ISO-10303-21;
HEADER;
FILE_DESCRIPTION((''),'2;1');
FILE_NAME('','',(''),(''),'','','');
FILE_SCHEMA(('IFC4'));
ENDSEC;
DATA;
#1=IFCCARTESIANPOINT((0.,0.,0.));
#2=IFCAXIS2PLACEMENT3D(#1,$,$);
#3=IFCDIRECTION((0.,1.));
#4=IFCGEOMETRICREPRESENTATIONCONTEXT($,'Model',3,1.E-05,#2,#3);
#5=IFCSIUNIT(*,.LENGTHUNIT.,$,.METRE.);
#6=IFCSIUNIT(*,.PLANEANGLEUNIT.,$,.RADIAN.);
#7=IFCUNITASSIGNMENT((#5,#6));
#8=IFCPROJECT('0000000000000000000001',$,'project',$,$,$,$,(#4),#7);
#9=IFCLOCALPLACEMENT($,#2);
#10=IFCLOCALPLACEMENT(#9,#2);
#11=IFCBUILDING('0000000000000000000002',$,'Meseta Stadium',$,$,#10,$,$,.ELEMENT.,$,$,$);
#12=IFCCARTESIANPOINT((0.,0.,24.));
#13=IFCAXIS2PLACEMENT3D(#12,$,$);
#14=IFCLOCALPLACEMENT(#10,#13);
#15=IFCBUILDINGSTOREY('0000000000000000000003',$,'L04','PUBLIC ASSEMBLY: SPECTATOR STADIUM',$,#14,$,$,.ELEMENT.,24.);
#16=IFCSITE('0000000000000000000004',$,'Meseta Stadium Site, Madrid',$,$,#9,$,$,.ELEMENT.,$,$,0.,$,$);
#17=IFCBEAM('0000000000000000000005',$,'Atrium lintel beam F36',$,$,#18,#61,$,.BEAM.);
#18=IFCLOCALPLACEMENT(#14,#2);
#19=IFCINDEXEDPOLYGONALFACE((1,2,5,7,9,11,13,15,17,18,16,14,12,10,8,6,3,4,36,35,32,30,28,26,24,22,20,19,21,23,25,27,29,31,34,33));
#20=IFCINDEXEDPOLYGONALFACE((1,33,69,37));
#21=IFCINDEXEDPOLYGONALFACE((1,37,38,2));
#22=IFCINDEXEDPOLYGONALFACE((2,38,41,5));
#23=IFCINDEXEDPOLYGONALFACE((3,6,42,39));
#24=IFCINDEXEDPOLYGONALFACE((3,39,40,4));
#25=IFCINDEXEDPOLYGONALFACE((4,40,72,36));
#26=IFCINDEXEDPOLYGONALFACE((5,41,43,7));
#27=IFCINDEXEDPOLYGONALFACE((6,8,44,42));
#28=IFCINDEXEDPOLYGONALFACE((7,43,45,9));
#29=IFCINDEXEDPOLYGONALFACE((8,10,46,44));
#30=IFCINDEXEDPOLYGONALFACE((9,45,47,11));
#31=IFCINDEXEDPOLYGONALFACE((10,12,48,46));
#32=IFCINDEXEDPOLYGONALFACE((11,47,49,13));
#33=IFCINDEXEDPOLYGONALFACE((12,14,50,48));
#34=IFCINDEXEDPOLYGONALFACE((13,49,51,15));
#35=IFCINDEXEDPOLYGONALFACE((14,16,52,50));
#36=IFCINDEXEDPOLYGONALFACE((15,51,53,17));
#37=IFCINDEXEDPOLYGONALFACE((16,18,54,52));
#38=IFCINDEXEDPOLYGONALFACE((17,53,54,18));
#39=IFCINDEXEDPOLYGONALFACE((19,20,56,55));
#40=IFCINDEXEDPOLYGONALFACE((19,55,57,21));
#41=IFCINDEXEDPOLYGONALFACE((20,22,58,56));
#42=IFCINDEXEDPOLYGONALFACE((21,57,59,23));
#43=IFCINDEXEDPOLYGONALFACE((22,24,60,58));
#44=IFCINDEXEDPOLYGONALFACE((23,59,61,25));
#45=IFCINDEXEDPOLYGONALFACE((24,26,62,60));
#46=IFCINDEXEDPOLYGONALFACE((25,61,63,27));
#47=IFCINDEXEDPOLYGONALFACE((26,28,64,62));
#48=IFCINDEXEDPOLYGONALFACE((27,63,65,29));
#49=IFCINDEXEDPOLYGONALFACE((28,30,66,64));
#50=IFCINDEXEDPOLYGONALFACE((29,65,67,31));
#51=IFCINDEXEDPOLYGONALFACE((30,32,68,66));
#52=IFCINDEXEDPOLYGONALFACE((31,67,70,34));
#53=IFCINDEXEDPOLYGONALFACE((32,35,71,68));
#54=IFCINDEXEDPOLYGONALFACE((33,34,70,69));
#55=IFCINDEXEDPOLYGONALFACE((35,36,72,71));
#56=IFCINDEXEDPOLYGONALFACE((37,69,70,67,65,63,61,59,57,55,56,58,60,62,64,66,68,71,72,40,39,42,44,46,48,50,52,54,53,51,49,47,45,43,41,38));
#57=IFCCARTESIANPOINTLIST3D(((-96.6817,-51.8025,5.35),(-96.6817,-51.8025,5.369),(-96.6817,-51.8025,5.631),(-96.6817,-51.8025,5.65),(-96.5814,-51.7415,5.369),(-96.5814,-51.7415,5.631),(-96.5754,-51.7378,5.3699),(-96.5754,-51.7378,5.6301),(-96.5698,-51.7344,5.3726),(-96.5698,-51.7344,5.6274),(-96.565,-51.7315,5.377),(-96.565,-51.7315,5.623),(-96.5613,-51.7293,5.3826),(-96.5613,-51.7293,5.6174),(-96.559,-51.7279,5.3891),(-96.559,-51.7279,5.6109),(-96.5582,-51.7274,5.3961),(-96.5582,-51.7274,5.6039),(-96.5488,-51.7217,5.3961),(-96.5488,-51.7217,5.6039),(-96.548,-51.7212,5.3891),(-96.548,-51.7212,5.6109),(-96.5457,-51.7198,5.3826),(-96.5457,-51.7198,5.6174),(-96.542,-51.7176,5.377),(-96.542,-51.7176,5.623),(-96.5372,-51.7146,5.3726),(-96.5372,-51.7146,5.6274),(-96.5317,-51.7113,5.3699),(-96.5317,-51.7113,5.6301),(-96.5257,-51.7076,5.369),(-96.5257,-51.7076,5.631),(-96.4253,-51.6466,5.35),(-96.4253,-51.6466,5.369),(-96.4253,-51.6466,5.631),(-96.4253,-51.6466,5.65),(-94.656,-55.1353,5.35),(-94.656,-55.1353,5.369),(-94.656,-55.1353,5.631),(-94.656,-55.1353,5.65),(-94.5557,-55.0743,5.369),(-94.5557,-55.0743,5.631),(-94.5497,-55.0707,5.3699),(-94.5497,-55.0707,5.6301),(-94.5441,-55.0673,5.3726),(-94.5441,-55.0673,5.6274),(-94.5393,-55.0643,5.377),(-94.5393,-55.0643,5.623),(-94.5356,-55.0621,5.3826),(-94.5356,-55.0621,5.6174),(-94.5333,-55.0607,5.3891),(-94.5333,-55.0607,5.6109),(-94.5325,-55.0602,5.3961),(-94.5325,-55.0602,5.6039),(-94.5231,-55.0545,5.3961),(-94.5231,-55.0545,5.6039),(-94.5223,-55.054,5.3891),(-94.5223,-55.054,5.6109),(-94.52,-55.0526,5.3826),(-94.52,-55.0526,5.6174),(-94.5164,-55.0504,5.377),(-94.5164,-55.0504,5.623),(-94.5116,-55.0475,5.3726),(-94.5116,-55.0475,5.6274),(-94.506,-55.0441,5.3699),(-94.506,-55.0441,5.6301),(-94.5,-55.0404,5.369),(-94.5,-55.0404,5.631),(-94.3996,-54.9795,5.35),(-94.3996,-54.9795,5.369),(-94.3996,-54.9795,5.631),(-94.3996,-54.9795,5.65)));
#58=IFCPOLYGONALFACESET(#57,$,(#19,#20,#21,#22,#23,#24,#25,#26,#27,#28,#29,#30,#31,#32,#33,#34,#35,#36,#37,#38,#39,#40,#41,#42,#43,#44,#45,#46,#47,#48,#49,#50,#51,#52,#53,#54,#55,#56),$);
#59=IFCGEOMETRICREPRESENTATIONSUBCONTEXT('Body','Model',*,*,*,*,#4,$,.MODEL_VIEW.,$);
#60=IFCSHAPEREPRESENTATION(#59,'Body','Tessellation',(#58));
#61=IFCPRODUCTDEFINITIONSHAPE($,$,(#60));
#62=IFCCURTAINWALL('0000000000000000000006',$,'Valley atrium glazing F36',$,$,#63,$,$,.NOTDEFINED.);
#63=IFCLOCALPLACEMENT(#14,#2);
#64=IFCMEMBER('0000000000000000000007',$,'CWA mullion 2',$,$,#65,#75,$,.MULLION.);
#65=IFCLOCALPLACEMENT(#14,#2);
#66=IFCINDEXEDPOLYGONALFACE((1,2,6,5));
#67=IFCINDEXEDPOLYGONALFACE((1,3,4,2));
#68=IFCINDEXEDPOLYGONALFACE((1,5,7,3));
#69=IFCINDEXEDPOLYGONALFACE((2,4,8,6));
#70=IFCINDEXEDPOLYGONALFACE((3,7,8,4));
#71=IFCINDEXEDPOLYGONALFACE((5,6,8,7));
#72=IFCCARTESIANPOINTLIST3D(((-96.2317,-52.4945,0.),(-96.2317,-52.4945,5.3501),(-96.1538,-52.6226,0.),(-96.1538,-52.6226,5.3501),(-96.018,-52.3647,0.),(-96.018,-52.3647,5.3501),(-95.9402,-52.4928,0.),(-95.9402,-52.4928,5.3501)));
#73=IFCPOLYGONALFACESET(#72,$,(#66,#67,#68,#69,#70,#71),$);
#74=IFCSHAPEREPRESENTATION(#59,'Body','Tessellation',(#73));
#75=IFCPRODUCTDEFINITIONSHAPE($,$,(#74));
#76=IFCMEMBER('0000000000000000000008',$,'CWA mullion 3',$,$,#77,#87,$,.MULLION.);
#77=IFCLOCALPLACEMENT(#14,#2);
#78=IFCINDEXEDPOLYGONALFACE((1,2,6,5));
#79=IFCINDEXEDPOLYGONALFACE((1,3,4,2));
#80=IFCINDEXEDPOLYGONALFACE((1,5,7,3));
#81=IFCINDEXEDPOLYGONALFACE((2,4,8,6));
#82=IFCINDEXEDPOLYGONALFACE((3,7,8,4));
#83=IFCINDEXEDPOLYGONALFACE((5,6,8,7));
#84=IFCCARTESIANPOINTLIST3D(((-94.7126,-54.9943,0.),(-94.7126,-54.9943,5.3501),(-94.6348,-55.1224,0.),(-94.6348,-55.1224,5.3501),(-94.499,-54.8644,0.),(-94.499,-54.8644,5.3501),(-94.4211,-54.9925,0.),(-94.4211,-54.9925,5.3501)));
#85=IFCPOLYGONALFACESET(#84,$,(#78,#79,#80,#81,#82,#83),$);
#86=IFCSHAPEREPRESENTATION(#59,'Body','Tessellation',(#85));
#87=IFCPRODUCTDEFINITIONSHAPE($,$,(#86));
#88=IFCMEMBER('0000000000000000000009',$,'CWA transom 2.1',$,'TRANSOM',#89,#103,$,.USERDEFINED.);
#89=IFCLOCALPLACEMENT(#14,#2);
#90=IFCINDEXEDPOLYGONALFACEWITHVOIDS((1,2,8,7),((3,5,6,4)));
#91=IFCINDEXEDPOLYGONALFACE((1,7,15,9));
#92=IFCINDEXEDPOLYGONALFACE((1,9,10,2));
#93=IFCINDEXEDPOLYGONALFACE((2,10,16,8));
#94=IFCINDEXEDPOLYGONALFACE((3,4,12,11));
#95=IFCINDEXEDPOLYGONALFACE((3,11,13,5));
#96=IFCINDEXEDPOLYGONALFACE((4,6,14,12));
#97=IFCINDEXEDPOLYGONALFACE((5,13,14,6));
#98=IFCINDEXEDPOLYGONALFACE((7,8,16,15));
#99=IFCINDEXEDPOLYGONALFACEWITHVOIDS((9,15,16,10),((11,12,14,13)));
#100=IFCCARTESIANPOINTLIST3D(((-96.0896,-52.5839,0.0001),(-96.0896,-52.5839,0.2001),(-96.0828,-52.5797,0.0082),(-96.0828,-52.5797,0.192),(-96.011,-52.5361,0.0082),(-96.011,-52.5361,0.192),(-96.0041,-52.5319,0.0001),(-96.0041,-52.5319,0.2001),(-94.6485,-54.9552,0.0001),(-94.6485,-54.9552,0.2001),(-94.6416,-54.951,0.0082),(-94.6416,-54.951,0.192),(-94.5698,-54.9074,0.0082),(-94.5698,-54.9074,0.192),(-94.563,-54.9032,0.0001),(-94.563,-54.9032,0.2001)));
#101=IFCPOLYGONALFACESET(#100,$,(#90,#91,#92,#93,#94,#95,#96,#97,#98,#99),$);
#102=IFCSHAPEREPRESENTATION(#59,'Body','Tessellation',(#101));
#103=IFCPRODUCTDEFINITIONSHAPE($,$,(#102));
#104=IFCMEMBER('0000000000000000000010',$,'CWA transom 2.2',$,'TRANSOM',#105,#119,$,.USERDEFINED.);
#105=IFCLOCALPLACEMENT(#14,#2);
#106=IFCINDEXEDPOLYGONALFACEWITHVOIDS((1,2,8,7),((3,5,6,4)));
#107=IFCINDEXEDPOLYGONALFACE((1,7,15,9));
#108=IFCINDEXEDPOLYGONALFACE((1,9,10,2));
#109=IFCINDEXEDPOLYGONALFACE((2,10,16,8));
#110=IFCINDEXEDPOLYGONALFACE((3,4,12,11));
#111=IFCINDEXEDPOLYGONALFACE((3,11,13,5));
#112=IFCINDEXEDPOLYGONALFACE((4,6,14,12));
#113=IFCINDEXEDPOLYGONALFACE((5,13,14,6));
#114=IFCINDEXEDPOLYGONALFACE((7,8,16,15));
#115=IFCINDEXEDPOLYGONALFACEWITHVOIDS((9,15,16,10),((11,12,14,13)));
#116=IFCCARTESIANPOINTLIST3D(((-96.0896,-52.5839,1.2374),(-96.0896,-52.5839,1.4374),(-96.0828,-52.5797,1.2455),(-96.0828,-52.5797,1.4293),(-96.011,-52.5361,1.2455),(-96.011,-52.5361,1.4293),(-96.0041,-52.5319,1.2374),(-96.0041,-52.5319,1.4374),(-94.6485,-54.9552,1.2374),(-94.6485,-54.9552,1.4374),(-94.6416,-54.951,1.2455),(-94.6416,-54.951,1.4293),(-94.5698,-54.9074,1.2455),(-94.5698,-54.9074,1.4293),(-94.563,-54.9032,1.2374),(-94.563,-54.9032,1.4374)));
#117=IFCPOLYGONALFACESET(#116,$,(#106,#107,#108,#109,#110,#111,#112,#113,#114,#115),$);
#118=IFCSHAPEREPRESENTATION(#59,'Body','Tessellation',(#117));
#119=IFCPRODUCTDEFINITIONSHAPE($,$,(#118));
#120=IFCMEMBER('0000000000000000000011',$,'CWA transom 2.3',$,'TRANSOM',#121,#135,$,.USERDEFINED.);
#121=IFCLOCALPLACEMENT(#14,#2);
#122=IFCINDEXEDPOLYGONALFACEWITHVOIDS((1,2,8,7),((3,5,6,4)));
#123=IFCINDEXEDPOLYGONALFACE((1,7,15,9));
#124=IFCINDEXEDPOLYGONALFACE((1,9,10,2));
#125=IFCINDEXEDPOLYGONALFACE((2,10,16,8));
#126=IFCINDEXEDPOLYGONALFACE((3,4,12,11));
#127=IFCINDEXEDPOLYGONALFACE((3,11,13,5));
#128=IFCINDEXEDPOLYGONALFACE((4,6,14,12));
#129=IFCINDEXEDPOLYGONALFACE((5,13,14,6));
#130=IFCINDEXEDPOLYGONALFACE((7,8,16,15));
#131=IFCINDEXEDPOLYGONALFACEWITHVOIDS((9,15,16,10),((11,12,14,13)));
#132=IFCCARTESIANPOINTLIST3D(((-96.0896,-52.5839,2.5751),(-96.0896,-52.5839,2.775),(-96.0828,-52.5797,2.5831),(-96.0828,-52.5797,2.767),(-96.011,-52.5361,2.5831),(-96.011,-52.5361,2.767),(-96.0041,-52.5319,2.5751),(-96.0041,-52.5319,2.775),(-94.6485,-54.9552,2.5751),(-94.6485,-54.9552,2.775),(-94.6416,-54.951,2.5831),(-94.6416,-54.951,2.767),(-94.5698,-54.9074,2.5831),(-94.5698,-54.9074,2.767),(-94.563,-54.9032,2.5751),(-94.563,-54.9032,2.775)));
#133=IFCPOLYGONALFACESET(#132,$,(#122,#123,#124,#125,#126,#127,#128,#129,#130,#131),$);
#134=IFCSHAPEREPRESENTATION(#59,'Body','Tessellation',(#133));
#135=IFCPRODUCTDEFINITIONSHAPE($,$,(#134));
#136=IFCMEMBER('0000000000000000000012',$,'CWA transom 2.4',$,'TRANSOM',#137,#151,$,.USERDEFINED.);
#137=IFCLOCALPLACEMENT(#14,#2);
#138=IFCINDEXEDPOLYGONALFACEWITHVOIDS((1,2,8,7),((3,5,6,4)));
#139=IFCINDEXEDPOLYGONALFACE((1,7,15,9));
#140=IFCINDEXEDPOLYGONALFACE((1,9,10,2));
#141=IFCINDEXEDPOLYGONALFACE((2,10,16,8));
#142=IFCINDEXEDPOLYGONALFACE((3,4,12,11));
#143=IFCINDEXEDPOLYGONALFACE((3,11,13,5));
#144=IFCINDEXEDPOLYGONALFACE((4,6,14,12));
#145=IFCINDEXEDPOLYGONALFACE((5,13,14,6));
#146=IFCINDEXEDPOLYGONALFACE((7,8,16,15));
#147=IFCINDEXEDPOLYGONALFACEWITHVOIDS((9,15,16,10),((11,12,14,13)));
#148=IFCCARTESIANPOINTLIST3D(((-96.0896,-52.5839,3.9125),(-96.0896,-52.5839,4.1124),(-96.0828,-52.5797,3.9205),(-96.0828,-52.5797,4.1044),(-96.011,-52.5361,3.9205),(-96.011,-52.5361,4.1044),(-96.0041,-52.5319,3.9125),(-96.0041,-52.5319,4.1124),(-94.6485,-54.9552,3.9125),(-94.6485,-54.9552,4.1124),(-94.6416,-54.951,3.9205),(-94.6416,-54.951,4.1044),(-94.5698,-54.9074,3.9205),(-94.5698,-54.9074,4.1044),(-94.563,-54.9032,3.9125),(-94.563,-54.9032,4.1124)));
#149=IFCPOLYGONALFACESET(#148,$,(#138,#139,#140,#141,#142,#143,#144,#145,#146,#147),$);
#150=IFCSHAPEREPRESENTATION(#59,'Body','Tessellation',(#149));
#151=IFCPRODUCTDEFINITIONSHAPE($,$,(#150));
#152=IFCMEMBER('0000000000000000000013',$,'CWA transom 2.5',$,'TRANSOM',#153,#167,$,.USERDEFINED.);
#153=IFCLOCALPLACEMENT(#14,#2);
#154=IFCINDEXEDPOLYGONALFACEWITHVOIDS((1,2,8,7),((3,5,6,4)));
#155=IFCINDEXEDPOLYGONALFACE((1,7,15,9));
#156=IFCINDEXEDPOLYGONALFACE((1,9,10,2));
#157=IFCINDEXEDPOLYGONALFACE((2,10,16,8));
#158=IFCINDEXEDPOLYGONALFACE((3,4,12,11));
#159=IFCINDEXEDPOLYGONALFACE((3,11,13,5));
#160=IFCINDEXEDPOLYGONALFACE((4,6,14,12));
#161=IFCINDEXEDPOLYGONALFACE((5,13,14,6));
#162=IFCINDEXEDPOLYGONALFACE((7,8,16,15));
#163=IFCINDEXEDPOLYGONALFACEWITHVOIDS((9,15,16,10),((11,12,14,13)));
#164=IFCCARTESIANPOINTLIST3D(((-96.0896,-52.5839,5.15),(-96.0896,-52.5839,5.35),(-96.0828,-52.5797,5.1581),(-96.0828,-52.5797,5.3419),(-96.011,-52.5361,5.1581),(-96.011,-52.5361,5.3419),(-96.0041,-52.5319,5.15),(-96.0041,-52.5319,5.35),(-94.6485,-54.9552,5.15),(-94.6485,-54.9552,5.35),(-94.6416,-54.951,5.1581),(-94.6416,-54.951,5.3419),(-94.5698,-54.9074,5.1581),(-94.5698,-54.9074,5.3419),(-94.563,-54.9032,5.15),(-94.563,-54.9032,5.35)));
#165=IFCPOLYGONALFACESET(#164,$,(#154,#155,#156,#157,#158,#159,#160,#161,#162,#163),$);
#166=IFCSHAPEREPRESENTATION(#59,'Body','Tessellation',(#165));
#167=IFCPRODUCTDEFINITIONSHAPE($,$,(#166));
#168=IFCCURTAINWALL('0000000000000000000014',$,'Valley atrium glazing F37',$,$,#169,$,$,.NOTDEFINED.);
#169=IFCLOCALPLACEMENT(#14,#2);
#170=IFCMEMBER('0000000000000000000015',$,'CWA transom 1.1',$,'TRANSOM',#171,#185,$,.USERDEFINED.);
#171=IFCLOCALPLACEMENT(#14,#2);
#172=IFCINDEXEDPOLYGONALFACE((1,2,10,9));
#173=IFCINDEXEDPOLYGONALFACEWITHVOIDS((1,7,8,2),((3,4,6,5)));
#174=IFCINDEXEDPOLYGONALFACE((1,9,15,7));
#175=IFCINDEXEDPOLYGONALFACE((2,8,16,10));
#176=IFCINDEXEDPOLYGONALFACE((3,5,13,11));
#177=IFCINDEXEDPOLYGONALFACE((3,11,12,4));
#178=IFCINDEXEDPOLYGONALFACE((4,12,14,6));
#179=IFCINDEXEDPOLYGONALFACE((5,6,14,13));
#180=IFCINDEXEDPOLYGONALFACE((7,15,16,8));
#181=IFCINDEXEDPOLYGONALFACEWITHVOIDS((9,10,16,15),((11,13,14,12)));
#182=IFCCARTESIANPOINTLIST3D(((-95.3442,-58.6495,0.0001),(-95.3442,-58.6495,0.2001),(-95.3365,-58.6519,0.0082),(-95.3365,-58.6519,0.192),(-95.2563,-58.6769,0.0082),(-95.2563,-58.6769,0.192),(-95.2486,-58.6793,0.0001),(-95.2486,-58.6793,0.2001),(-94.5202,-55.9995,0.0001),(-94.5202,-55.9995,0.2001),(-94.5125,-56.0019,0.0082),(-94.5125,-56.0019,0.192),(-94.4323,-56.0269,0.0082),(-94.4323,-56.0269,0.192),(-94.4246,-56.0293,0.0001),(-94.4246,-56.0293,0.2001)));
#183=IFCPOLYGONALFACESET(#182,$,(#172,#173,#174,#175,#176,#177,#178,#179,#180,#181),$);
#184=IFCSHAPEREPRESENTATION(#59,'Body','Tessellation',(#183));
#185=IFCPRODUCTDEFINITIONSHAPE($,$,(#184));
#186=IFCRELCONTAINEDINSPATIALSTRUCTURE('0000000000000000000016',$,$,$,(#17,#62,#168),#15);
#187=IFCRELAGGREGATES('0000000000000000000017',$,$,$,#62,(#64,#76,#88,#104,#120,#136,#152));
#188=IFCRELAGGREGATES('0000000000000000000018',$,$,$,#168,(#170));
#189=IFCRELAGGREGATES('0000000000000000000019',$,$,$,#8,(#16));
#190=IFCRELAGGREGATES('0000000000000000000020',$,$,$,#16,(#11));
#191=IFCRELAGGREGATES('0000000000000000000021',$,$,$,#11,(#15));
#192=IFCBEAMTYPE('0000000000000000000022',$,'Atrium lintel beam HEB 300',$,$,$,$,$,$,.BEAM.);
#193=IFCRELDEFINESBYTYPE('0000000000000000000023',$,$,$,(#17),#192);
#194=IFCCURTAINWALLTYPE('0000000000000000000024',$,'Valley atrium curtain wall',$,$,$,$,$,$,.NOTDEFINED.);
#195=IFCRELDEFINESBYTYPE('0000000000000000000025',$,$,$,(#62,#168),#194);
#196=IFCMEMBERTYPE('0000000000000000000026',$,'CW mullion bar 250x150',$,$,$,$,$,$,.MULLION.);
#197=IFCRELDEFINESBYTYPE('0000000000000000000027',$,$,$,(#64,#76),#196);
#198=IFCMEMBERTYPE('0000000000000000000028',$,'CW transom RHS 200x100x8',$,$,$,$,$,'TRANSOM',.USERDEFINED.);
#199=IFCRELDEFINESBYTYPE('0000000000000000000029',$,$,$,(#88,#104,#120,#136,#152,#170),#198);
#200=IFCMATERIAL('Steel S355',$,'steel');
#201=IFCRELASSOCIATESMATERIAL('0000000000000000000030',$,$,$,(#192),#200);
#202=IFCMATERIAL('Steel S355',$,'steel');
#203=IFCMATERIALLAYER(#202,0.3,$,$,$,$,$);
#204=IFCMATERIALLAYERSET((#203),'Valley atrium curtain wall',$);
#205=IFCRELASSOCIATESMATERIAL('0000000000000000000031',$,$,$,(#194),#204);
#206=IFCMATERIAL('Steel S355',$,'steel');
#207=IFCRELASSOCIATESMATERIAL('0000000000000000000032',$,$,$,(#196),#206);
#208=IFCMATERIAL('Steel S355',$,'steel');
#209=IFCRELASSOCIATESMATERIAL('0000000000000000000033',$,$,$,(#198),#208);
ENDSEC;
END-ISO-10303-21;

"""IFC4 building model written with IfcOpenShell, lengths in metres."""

from ifc_helpers import new_model, si_unit, direction, frame, origin, origin_2d, place, context, subcontext, project, spatial, rectangle, hollow_rectangle, i_section, extrude, material, layer, layer_set, material_profile, profile_set, type_object, element, aggregate, save


model = new_model("IFC4")

# Units and contexts
model_context = context("Model", 3, precision=1e-05, world=origin(), true_north=direction((0.0, 1.0)))
body_context = subcontext(model_context, "Body", "Model", "MODEL_VIEW")
ifc_project = project(units=[si_unit("LENGTHUNIT", "METRE"), si_unit("PLANEANGLEUNIT", "RADIAN")], contexts=[model_context])

# Site, building, storey
site_placement = place(None, origin())
site = spatial("IfcSite", under=ifc_project, at=site_placement, Name="Meseta Stadium Site, Madrid", CompositionType="ELEMENT", RefElevation=0.0)
building_placement = place(site_placement, origin())
building = spatial("IfcBuilding", under=site, at=building_placement, Name="Meseta Stadium", CompositionType="ELEMENT")
storey_placement = place(building_placement, frame((0.0, 0.0, 24.0)))
storey = spatial("IfcBuildingStorey", under=building, at=storey_placement, Name="L04", Description="PUBLIC ASSEMBLY: SPECTATOR STADIUM", CompositionType="ELEMENT", Elevation=24.0)

# Beam
ifc_material_1 = material(Name="Steel S355", Category="steel")
ifc_material_profile_1 = material_profile(ifc_material_1, i_section(OverallWidth=0.3, OverallDepth=0.3, WebThickness=0.011, FlangeThickness=0.019, FilletRadius=0.0271, at=origin_2d()), Name="HEB 300")
ifc_profile_set_1 = profile_set([ifc_material_profile_1], Name="Steel S355")
beam_type = type_object("IfcBeamType", Name="Atrium lintel beam HEB 300", PredefinedType="BEAM", material=ifc_profile_set_1)
beam_placement = place(storey_placement, frame((-94.5278, -55.0574, 5.5), z_axis=(-0.519385, 0.85454, 0.0), x_axis=(-0.85454, -0.519385, 0.0)))
element("IfcBeam", 1, at=beam_placement, inside=storey, type_object=beam_type, Name="Atrium lintel beam F36", PredefinedType="BEAM", context=body_context, shape_type="SweptSolid", body=[
    extrude(i_section(OverallWidth=0.3, OverallDepth=0.3, WebThickness=0.011, FlangeThickness=0.019, FilletRadius=0.0271, at=origin_2d()), origin(), (0.0, 0.0, 1.0), 3.9001),
])

# Curtain wall, members
ifc_material_2 = material(Name="Steel S355", Category="steel")
ifc_layer_1 = layer(ifc_material_2, 0.3)
ifc_layer_set_1 = layer_set([ifc_layer_1], Name="Valley atrium curtain wall")
curtain_wall_type = type_object("IfcCurtainWallType", Name="Valley atrium curtain wall", PredefinedType="NOTDEFINED", material=ifc_layer_set_1)
curtain_wall_1_placement = place(storey_placement, origin())
curtain_wall_1 = element("IfcCurtainWall", 2, at=curtain_wall_1_placement, inside=storey, type_object=curtain_wall_type, Name="Valley atrium glazing F36", PredefinedType="NOTDEFINED")
ifc_material_3 = material(Name="Steel S355", Category="steel")
ifc_material_profile_2 = material_profile(ifc_material_3, rectangle(XDim=0.25, YDim=0.1499, at=origin_2d()), Name="CW 250x150")
ifc_profile_set_2 = profile_set([ifc_material_profile_2], Name="Steel S355")
member_type_1 = type_object("IfcMemberType", Name="CW mullion bar 250x150", PredefinedType="MULLION", material=ifc_profile_set_2)
member_1_placement = place(storey_placement, frame((-96.0859, -52.4937, 0.0), z_axis=(0.0, 0.0, 1.0), x_axis=(0.854554, 0.519362, 0.0)))
member_1 = element("IfcMember", 3, at=member_1_placement, type_object=member_type_1, Name="CWA mullion 2", PredefinedType="MULLION", context=body_context, shape_type="SweptSolid", body=[
    extrude(rectangle(XDim=0.25, YDim=0.1499, at=origin_2d()), origin(), (0.0, 0.0, 1.0), 5.3501),
])
member_2_placement = place(storey_placement, frame((-94.5669, -54.9934, 0.0), z_axis=(0.0, 0.0, 1.0), x_axis=(0.854554, 0.519362, 0.0)))
member_2 = element("IfcMember", 4, at=member_2_placement, type_object=member_type_1, Name="CWA mullion 3", PredefinedType="MULLION", context=body_context, shape_type="SweptSolid", body=[
    extrude(rectangle(XDim=0.25, YDim=0.1499, at=origin_2d()), origin(), (0.0, 0.0, 1.0), 5.3501),
])
ifc_material_4 = material(Name="Steel S355", Category="steel")
ifc_material_profile_3 = material_profile(ifc_material_4, hollow_rectangle(XDim=0.1001, YDim=0.2, WallThickness=0.0081, at=origin_2d()), Name="RHS 200x100x8")
ifc_profile_set_3 = profile_set([ifc_material_profile_3], Name="Steel S355")
member_type_2 = type_object("IfcMemberType", Name="CW transom RHS 200x100x8", ElementType="TRANSOM", PredefinedType="USERDEFINED", material=ifc_profile_set_3)
member_3_placement = place(storey_placement, frame((-96.0469, -52.5579, 0.1001), z_axis=(0.519352, -0.85456, 0.0), x_axis=(0.85456, 0.519352, 0.0)))
member_3 = element("IfcMember", 5, at=member_3_placement, type_object=member_type_2, Name="CWA transom 2.1", ObjectType="TRANSOM", PredefinedType="USERDEFINED", context=body_context, shape_type="SweptSolid", body=[
    extrude(hollow_rectangle(XDim=0.1001, YDim=0.2, WallThickness=0.0081, at=origin_2d()), origin(), (0.0, 0.0, 1.0), 2.7749),
])
member_4_placement = place(storey_placement, frame((-96.0469, -52.5579, 1.3374), z_axis=(0.519352, -0.85456, 0.0), x_axis=(0.85456, 0.519352, 0.0)))
member_4 = element("IfcMember", 6, at=member_4_placement, type_object=member_type_2, Name="CWA transom 2.2", ObjectType="TRANSOM", PredefinedType="USERDEFINED", context=body_context, shape_type="SweptSolid", body=[
    extrude(hollow_rectangle(XDim=0.1001, YDim=0.2, WallThickness=0.0081, at=origin_2d()), origin(), (0.0, 0.0, 1.0), 2.7749),
])
member_5_placement = place(storey_placement, frame((-96.0469, -52.5579, 2.675), z_axis=(0.519352, -0.85456, 0.0), x_axis=(0.85456, 0.519352, 0.0)))
member_5 = element("IfcMember", 7, at=member_5_placement, type_object=member_type_2, Name="CWA transom 2.3", ObjectType="TRANSOM", PredefinedType="USERDEFINED", context=body_context, shape_type="SweptSolid", body=[
    extrude(hollow_rectangle(XDim=0.1001, YDim=0.2, WallThickness=0.0081, at=origin_2d()), origin(), (0.0, 0.0, 1.0), 2.7749),
])
member_6_placement = place(storey_placement, frame((-96.0469, -52.5579, 4.0125), z_axis=(0.519352, -0.85456, 0.0), x_axis=(0.85456, 0.519352, 0.0)))
member_6 = element("IfcMember", 8, at=member_6_placement, type_object=member_type_2, Name="CWA transom 2.4", ObjectType="TRANSOM", PredefinedType="USERDEFINED", context=body_context, shape_type="SweptSolid", body=[
    extrude(hollow_rectangle(XDim=0.1001, YDim=0.2, WallThickness=0.0081, at=origin_2d()), origin(), (0.0, 0.0, 1.0), 2.7749),
])
member_7_placement = place(storey_placement, frame((-96.0469, -52.5579, 5.25), z_axis=(0.519352, -0.85456, 0.0), x_axis=(0.85456, 0.519352, 0.0)))
member_7 = element("IfcMember", 9, at=member_7_placement, type_object=member_type_2, Name="CWA transom 2.5", ObjectType="TRANSOM", PredefinedType="USERDEFINED", context=body_context, shape_type="SweptSolid", body=[
    extrude(hollow_rectangle(XDim=0.1001, YDim=0.2, WallThickness=0.0081, at=origin_2d()), origin(), (0.0, 0.0, 1.0), 2.7749),
])

# Curtain wall, member
curtain_wall_2_placement = place(storey_placement, origin())
curtain_wall_2 = element("IfcCurtainWall", 10, at=curtain_wall_2_placement, inside=storey, type_object=curtain_wall_type, Name="Valley atrium glazing F37", PredefinedType="NOTDEFINED")
member_8_placement = place(storey_placement, frame((-94.4724, -56.0144, 0.1001), z_axis=(-0.296922, -0.954902, 0.0), x_axis=(0.954902, -0.296922, 0.0)))
member_8 = element("IfcMember", 11, at=member_8_placement, type_object=member_type_2, Name="CWA transom 1.1", ObjectType="TRANSOM", PredefinedType="USERDEFINED", context=body_context, shape_type="SweptSolid", body=[
    extrude(hollow_rectangle(XDim=0.1001, YDim=0.2, WallThickness=0.0081, at=origin_2d()), origin(), (0.0, 0.0, 1.0), 2.7751),
])

aggregate(curtain_wall_1, [member_1, member_2, member_3, member_4, member_5, member_6, member_7])
aggregate(curtain_wall_2, [member_8])

save(model, "model.ifc")
